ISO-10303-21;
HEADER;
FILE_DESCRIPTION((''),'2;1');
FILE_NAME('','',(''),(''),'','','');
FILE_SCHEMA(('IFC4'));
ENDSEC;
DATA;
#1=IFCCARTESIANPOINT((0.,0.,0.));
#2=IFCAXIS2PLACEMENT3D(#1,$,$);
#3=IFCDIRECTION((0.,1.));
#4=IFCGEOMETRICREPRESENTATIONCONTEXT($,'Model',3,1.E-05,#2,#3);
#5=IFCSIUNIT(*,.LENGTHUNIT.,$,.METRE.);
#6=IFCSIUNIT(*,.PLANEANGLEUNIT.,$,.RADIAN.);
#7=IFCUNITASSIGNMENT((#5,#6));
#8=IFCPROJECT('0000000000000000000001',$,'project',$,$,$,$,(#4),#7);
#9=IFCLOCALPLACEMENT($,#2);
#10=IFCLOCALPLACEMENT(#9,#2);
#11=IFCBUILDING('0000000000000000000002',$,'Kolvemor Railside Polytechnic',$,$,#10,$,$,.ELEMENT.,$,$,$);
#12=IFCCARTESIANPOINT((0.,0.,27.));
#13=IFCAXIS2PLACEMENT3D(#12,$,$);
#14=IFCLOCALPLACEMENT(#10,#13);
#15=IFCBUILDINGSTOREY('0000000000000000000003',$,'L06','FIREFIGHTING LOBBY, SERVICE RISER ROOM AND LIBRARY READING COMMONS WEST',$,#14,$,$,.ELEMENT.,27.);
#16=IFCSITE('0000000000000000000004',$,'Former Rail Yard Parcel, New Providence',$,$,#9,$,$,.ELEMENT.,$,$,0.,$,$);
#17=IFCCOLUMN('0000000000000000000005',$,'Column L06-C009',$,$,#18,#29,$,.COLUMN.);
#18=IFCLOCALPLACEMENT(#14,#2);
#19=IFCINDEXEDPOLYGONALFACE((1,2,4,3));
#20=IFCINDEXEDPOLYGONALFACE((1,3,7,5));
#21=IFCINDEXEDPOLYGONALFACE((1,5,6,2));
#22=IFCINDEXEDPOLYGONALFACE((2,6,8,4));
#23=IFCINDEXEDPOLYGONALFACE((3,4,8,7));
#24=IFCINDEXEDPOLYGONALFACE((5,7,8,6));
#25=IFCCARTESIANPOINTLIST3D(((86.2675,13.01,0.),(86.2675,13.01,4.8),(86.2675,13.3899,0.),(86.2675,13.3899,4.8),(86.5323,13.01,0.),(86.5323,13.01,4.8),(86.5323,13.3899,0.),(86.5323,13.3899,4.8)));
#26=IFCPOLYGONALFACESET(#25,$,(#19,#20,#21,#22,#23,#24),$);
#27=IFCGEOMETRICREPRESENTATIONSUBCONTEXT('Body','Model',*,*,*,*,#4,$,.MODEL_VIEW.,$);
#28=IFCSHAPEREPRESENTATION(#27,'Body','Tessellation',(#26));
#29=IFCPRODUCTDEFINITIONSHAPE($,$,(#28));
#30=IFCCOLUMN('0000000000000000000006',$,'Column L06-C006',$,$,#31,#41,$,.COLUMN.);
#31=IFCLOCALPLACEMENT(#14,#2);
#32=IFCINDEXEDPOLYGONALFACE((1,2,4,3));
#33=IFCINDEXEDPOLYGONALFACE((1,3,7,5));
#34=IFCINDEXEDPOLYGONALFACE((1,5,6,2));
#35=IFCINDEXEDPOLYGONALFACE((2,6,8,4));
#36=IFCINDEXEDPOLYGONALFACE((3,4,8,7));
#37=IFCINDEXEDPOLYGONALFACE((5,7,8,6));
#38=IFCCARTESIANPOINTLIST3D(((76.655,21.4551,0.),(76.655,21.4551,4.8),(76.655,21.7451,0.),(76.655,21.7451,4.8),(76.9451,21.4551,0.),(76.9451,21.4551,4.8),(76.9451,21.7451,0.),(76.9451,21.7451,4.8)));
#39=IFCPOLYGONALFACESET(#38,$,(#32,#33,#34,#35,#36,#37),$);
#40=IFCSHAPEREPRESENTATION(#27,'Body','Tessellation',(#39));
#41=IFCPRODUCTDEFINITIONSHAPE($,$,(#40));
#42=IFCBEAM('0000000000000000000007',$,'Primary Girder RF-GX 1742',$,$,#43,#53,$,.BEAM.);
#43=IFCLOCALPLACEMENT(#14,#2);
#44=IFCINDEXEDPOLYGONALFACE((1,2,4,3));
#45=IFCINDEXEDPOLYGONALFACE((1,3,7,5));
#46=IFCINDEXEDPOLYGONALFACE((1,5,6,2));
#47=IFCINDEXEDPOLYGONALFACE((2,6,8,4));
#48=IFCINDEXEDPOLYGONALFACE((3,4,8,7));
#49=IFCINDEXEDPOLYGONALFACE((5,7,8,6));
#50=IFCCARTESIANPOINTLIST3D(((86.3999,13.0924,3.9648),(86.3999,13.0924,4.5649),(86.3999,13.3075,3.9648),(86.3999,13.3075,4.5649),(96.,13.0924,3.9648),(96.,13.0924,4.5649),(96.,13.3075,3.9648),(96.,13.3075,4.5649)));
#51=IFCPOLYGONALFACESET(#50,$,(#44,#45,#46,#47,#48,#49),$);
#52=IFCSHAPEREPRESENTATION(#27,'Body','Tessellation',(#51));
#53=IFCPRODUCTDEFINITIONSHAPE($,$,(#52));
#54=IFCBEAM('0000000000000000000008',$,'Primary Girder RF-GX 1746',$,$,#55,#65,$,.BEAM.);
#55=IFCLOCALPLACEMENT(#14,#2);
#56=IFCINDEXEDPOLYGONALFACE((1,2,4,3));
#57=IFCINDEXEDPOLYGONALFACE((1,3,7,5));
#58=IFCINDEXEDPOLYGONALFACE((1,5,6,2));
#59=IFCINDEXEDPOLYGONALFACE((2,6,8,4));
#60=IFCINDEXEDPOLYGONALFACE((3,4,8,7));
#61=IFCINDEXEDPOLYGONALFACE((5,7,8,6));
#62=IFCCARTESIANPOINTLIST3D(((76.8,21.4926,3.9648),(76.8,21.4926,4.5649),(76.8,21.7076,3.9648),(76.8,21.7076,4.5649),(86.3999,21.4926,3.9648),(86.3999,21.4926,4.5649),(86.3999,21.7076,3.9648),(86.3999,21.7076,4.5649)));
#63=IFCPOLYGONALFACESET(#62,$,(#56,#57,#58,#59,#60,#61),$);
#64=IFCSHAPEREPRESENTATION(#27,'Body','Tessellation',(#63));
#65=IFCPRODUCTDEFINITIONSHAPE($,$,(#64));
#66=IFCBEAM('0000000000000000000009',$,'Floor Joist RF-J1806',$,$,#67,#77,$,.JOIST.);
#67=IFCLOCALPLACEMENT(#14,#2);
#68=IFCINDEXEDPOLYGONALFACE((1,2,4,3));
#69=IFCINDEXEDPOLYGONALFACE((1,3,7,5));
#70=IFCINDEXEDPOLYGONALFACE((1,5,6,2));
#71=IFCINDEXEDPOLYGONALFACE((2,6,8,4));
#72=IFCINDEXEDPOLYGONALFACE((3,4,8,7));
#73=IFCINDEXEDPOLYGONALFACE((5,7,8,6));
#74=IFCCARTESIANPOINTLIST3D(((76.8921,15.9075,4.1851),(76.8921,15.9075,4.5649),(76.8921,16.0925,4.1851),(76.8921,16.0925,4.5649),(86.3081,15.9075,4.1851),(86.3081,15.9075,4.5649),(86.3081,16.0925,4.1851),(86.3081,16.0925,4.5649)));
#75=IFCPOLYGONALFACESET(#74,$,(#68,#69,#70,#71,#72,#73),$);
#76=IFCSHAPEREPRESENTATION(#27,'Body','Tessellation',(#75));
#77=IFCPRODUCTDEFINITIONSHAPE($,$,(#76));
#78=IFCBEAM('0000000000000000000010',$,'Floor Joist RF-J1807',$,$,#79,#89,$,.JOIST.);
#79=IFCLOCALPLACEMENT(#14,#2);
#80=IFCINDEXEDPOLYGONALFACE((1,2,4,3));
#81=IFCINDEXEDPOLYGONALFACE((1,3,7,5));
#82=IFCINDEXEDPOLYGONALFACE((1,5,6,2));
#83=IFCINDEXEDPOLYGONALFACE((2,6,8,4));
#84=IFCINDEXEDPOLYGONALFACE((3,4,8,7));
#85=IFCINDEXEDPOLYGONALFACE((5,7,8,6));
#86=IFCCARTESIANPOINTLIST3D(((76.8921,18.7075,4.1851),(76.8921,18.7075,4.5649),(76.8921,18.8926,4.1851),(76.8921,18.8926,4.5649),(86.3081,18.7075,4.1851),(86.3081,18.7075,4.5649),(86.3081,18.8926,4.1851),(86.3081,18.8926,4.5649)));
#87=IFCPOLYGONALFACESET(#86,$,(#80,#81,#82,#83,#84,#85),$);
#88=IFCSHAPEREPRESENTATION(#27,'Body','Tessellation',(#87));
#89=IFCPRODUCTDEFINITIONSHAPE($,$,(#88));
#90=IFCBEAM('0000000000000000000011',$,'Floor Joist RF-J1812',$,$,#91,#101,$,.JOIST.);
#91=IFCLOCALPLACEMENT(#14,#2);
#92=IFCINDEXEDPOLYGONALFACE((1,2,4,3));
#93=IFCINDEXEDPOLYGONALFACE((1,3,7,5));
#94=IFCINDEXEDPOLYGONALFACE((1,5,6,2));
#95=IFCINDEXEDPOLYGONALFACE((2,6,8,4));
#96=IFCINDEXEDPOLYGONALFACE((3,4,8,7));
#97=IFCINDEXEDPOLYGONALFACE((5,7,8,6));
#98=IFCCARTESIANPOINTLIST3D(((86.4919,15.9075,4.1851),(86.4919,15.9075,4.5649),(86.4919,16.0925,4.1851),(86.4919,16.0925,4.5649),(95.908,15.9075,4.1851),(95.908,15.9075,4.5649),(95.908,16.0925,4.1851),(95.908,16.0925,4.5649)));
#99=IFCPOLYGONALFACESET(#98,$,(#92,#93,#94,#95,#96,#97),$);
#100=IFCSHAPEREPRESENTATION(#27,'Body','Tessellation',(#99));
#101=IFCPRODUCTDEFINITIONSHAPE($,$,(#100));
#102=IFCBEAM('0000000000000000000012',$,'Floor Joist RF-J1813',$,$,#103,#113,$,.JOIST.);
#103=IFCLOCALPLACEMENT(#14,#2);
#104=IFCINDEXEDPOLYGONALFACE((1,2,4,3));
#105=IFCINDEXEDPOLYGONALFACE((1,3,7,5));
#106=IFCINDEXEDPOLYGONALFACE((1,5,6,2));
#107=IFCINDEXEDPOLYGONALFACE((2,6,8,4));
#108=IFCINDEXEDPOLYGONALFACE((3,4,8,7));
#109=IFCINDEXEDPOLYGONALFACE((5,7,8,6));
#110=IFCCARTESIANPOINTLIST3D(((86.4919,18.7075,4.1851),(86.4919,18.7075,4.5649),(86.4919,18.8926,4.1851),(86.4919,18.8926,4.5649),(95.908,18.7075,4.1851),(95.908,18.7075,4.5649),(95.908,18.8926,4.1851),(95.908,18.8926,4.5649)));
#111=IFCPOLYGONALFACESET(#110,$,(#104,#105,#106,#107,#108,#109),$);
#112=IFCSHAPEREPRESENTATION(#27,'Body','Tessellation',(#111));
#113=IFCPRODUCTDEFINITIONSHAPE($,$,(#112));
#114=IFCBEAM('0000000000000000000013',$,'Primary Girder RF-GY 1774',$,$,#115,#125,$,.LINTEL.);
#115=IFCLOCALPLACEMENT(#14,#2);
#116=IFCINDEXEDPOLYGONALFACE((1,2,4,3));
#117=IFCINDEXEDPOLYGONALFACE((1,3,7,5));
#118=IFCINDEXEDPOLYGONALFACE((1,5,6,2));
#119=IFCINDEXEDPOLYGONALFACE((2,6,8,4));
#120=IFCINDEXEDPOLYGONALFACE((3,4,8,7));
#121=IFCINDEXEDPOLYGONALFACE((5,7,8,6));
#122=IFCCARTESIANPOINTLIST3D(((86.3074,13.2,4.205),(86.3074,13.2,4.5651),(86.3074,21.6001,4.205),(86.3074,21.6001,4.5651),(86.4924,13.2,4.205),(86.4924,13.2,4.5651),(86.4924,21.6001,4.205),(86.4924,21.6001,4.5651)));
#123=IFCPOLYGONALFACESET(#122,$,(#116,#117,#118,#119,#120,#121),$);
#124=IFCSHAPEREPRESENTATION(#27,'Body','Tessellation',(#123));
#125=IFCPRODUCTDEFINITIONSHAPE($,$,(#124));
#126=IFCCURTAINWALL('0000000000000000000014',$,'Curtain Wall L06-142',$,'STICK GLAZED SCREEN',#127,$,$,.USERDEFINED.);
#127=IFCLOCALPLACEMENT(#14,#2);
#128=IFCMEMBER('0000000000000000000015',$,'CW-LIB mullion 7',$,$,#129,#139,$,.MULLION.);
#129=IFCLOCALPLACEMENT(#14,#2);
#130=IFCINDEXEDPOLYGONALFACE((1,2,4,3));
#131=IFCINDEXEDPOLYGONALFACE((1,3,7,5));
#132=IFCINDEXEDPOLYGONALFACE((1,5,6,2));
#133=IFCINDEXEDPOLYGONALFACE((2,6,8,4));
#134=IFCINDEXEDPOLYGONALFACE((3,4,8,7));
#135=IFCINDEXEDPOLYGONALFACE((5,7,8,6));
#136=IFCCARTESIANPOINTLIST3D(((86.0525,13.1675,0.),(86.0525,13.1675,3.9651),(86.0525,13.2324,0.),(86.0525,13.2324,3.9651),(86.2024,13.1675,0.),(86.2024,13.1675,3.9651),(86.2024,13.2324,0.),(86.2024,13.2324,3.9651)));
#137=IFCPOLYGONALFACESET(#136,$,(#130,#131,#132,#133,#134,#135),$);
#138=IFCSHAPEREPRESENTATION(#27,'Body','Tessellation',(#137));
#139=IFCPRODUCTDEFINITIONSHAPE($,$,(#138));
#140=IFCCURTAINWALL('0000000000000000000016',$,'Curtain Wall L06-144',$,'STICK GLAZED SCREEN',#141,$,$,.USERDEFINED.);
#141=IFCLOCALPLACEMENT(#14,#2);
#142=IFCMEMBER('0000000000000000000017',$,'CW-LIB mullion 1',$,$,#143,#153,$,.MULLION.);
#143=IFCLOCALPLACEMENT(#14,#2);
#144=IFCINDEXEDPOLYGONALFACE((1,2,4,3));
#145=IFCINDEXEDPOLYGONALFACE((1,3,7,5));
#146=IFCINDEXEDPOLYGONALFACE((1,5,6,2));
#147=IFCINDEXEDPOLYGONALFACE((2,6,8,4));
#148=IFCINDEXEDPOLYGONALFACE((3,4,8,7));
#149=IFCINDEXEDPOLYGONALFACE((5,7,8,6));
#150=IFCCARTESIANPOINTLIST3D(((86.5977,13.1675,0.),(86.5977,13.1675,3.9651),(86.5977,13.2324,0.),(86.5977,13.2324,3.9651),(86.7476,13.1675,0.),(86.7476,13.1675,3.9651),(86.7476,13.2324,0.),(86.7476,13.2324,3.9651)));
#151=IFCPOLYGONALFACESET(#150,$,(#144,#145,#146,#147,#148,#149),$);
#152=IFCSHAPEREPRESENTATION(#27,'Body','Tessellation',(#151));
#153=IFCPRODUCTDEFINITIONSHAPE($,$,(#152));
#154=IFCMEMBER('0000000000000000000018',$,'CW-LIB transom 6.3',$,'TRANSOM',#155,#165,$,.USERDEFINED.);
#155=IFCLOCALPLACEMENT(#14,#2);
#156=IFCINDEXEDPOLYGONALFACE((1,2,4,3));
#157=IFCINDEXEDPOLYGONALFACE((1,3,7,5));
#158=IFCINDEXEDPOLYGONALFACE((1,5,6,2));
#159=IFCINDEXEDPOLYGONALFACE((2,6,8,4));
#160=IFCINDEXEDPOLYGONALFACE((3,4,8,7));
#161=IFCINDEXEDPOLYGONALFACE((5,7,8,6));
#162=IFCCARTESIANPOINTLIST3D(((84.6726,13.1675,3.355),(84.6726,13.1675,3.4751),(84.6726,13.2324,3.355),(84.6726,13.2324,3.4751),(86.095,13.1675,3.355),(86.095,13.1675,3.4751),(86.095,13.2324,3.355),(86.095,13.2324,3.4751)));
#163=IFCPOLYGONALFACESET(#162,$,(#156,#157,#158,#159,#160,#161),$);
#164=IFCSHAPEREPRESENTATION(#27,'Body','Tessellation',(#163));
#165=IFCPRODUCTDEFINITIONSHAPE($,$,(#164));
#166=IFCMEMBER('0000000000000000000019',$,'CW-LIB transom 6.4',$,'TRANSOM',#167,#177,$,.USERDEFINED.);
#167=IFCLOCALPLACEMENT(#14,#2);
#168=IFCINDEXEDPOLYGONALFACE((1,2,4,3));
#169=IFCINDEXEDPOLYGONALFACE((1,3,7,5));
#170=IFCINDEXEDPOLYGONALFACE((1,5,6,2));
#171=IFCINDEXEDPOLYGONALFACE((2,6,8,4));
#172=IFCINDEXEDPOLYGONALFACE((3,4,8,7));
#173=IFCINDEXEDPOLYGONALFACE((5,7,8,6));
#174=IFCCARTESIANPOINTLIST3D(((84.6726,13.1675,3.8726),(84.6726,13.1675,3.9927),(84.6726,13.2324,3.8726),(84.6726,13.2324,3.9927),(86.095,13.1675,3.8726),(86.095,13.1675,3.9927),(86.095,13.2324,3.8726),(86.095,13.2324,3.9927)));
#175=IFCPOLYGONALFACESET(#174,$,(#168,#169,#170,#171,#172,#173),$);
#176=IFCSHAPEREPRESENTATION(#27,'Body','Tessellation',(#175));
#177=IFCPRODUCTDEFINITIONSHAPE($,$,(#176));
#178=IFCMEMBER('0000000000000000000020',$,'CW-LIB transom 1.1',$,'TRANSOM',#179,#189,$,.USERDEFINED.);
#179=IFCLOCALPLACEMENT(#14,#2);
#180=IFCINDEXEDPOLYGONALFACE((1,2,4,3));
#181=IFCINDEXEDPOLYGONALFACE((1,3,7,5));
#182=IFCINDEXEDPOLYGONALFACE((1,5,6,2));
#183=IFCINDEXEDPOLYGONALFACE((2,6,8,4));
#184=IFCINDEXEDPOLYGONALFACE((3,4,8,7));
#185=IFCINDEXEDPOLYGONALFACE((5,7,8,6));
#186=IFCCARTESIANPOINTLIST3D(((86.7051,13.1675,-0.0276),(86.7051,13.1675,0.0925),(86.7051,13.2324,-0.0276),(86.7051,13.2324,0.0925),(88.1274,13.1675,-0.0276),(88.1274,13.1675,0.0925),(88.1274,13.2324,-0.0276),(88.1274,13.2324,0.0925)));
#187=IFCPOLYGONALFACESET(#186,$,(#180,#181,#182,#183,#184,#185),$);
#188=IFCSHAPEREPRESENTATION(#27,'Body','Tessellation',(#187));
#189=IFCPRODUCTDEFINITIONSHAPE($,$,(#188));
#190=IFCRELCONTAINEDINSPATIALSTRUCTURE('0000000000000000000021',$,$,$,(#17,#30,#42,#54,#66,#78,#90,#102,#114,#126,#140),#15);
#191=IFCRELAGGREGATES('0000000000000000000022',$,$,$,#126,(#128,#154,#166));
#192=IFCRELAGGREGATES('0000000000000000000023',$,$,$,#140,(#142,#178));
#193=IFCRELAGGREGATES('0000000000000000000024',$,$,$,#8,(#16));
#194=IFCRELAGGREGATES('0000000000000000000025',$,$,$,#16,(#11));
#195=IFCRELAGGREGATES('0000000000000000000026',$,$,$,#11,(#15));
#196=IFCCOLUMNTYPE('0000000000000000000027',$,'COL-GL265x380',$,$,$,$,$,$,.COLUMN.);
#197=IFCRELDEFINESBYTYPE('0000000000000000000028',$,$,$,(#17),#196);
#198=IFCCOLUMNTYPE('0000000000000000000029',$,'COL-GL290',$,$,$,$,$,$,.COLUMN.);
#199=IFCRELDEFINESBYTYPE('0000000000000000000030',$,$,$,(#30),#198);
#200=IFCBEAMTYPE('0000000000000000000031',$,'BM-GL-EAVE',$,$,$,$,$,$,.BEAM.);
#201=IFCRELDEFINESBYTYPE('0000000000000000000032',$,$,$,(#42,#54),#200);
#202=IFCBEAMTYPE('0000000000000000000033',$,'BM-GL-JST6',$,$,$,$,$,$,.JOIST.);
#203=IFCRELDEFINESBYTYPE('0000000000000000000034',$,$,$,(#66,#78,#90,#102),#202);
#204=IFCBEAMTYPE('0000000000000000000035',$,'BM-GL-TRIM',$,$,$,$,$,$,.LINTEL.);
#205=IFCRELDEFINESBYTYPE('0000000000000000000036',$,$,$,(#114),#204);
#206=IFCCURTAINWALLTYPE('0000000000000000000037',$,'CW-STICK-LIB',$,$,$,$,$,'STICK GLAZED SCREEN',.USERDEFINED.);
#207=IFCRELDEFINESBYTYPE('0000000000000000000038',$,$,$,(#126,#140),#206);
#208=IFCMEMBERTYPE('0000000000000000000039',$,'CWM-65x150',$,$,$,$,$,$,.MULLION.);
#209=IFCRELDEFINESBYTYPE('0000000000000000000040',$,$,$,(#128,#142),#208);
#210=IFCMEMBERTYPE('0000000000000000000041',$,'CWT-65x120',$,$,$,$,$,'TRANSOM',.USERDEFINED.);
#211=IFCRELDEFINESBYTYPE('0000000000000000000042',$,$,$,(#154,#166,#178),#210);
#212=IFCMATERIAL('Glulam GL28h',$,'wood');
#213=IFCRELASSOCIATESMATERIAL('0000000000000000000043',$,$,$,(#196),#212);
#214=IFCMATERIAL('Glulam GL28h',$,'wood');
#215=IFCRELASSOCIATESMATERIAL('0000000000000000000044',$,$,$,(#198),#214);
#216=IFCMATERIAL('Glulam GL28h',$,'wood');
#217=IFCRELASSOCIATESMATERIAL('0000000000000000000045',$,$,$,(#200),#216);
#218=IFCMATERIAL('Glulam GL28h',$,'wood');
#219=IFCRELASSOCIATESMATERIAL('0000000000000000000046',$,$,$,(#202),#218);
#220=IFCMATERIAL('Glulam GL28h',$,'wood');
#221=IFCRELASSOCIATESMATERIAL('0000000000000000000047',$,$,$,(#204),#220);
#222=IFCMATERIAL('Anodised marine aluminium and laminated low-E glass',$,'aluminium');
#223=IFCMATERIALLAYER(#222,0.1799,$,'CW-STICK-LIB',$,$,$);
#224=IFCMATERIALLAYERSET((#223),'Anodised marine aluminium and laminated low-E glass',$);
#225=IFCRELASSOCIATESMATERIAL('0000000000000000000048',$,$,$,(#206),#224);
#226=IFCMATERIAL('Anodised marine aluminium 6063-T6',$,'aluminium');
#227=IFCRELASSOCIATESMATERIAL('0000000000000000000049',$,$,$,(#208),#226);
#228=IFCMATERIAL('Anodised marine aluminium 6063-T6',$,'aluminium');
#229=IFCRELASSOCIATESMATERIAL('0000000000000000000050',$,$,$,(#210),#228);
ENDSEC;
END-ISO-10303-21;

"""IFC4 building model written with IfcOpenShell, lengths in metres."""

from ifc_helpers import new_model, si_unit, direction, frame, origin, origin_2d, place, context, subcontext, project, spatial, rectangle, extrude, material, layer, layer_set, material_profile, profile_set, type_object, element, aggregate, save


model = new_model("IFC4")

# Units and contexts
model_context = context("Model", 3, precision=1e-05, world=origin(), true_north=direction((0.0, 1.0)))
body_context = subcontext(model_context, "Body", "Model", "MODEL_VIEW")
ifc_project = project(units=[si_unit("LENGTHUNIT", "METRE"), si_unit("PLANEANGLEUNIT", "RADIAN")], contexts=[model_context])

# Site, building, storey
site_placement = place(None, origin())
site = spatial("IfcSite", under=ifc_project, at=site_placement, Name="Former Rail Yard Parcel, New Providence", CompositionType="ELEMENT", RefElevation=0.0)
building_placement = place(site_placement, origin())
building = spatial("IfcBuilding", under=site, at=building_placement, Name="Kolvemor Railside Polytechnic", CompositionType="ELEMENT")
storey_placement = place(building_placement, frame((0.0, 0.0, 27.0)))
storey = spatial("IfcBuildingStorey", under=building, at=storey_placement, Name="L06", Description="FIREFIGHTING LOBBY, SERVICE RISER ROOM AND LIBRARY READING COMMONS WEST", CompositionType="ELEMENT", Elevation=27.0)

# Columns
ifc_material_1 = material(Name="Glulam GL28h", Category="wood")
ifc_material_profile_1 = material_profile(ifc_material_1, rectangle(XDim=0.2649, YDim=0.3799, at=origin_2d()), Name="GL265x380")
ifc_profile_set_1 = profile_set([ifc_material_profile_1], Name="Glulam GL28h")
column_type_1 = type_object("IfcColumnType", Name="COL-GL265x380", PredefinedType="COLUMN", material=ifc_profile_set_1)
column_1_placement = place(storey_placement, frame((86.3999, 13.2, 0.0), z_axis=(0.0, 0.0, 1.0), x_axis=(1.0, 0.0, 0.0)))
element("IfcColumn", 1, at=column_1_placement, inside=storey, type_object=column_type_1, Name="Column L06-C009", PredefinedType="COLUMN", context=body_context, shape_type="SweptSolid", body=[
    extrude(rectangle(XDim=0.2649, YDim=0.3799, at=origin_2d()), origin(), (0.0, 0.0, 1.0), 4.8),
])
ifc_material_2 = material(Name="Glulam GL28h", Category="wood")
ifc_material_profile_2 = material_profile(ifc_material_2, rectangle(XDim=0.29, YDim=0.29, at=origin_2d()), Name="GL290x290")
ifc_profile_set_2 = profile_set([ifc_material_profile_2], Name="Glulam GL28h")
column_type_2 = type_object("IfcColumnType", Name="COL-GL290", PredefinedType="COLUMN", material=ifc_profile_set_2)
column_2_placement = place(storey_placement, frame((76.8, 21.6001, 0.0), z_axis=(0.0, 0.0, 1.0), x_axis=(1.0, 0.0, 0.0)))
element("IfcColumn", 2, at=column_2_placement, inside=storey, type_object=column_type_2, Name="Column L06-C006", PredefinedType="COLUMN", context=body_context, shape_type="SweptSolid", body=[
    extrude(rectangle(XDim=0.29, YDim=0.29, at=origin_2d()), origin(), (0.0, 0.0, 1.0), 4.8),
])

# Beams
ifc_material_3 = material(Name="Glulam GL28h", Category="wood")
ifc_material_profile_3 = material_profile(ifc_material_3, rectangle(XDim=0.2151, YDim=0.6001, at=origin_2d()), Name="GL215x600")
ifc_profile_set_3 = profile_set([ifc_material_profile_3], Name="Glulam GL28h")
beam_type_1 = type_object("IfcBeamType", Name="BM-GL-EAVE", PredefinedType="BEAM", material=ifc_profile_set_3)
beam_1_placement = place(storey_placement, frame((86.3999, 13.2, 4.2649), z_axis=(1.0, 0.0, 0.0), x_axis=(0.0, 1.0, 0.0)))
element("IfcBeam", 3, at=beam_1_placement, inside=storey, type_object=beam_type_1, Name="Primary Girder RF-GX 1742", PredefinedType="BEAM", context=body_context, shape_type="SweptSolid", body=[
    extrude(rectangle(XDim=0.2151, YDim=0.6001, at=origin_2d()), origin(), (0.0, 0.0, 1.0), 9.6001),
])
beam_2_placement = place(storey_placement, frame((76.8, 21.6001, 4.2649), z_axis=(1.0, 0.0, 0.0), x_axis=(0.0, 1.0, 0.0)))
element("IfcBeam", 4, at=beam_2_placement, inside=storey, type_object=beam_type_1, Name="Primary Girder RF-GX 1746", PredefinedType="BEAM", context=body_context, shape_type="SweptSolid", body=[
    extrude(rectangle(XDim=0.2151, YDim=0.6001, at=origin_2d()), origin(), (0.0, 0.0, 1.0), 9.5999),
])
ifc_material_4 = material(Name="Glulam GL28h", Category="wood")
ifc_material_profile_4 = material_profile(ifc_material_4, rectangle(XDim=0.1851, YDim=0.3799, at=origin_2d()), Name="GL185x380")
ifc_profile_set_4 = profile_set([ifc_material_profile_4], Name="Glulam GL28h")
beam_type_2 = type_object("IfcBeamType", Name="BM-GL-JST6", PredefinedType="JOIST", material=ifc_profile_set_4)
for number, where, z_axis, x_axis, name in (
    (5, (76.8921, 16.0, 4.375), (1.0, 0.0, 0.0), (0.0, 1.0, 0.0), "Floor Joist RF-J1806"),
    (6, (76.8921, 18.8, 4.375), (1.0, 0.0, 0.0), (0.0, 1.0, 0.0), "Floor Joist RF-J1807"),
    (7, (86.4919, 16.0, 4.375), (1.0, 0.0, 0.0), (0.0, 1.0, 0.0), "Floor Joist RF-J1812"),
    (8, (86.4919, 18.8, 4.375), (1.0, 0.0, 0.0), (0.0, 1.0, 0.0), "Floor Joist RF-J1813"),
):
    element("IfcBeam", number, at=place(storey_placement, frame(where, z_axis=z_axis, x_axis=x_axis)), inside=storey, type_object=beam_type_2, Name=name, PredefinedType="JOIST", context=body_context, shape_type="SweptSolid", body=[
        extrude(rectangle(XDim=0.1851, YDim=0.3799, at=origin_2d()), origin(), (0.0, 0.0, 1.0), 9.416),
    ])
ifc_material_5 = material(Name="Glulam GL28h", Category="wood")
ifc_material_profile_5 = material_profile(ifc_material_5, rectangle(XDim=0.1851, YDim=0.3601, at=origin_2d()), Name="GL185x360")
ifc_profile_set_5 = profile_set([ifc_material_profile_5], Name="Glulam GL28h")
beam_type_3 = type_object("IfcBeamType", Name="BM-GL-TRIM", PredefinedType="LINTEL", material=ifc_profile_set_5)
beam_3_placement = place(storey_placement, frame((86.3999, 13.2, 4.385), z_axis=(0.0, 1.0, 0.0), x_axis=(-1.0, 0.0, 0.0)))
element("IfcBeam", 9, at=beam_3_placement, inside=storey, type_object=beam_type_3, Name="Primary Girder RF-GY 1774", PredefinedType="LINTEL", context=body_context, shape_type="SweptSolid", body=[
    extrude(rectangle(XDim=0.1851, YDim=0.3601, at=origin_2d()), origin(), (0.0, 0.0, 1.0), 8.4001),
])

# Curtain walls, members
ifc_material_6 = material(Name="Anodised marine aluminium and laminated low-E glass", Category="aluminium")
ifc_layer_1 = layer(ifc_material_6, 0.1799, Name="CW-STICK-LIB")
ifc_layer_set_1 = layer_set([ifc_layer_1], Name="Anodised marine aluminium and laminated low-E glass")
curtain_wall_type = type_object("IfcCurtainWallType", Name="CW-STICK-LIB", ElementType="STICK GLAZED SCREEN", PredefinedType="USERDEFINED", material=ifc_layer_set_1)
curtain_wall_1_placement = place(storey_placement, origin())
curtain_wall_1 = element("IfcCurtainWall", 10, at=curtain_wall_1_placement, inside=storey, type_object=curtain_wall_type, Name="Curtain Wall L06-142", ObjectType="STICK GLAZED SCREEN", PredefinedType="USERDEFINED")
ifc_material_7 = material(Name="Anodised marine aluminium 6063-T6", Category="aluminium")
ifc_material_profile_6 = material_profile(ifc_material_7, rectangle(XDim=0.0649, YDim=0.1499, at=origin_2d()), Name="CW-MUL-65x150")
ifc_profile_set_6 = profile_set([ifc_material_profile_6], Name="Anodised marine aluminium 6063-T6")
member_type_1 = type_object("IfcMemberType", Name="CWM-65x150", PredefinedType="MULLION", material=ifc_profile_set_6)
member_1_placement = place(storey_placement, frame((86.1274, 13.2, 0.0), z_axis=(0.0, 0.0, 1.0), x_axis=(0.0, 1.0, 0.0)))
member_1 = element("IfcMember", 11, at=member_1_placement, type_object=member_type_1, Name="CW-LIB mullion 7", PredefinedType="MULLION", context=body_context, shape_type="SweptSolid", body=[
    extrude(rectangle(XDim=0.0649, YDim=0.1499, at=origin_2d()), origin(), (0.0, 0.0, 1.0), 3.9651),
])
curtain_wall_2_placement = place(storey_placement, origin())
curtain_wall_2 = element("IfcCurtainWall", 12, at=curtain_wall_2_placement, inside=storey, type_object=curtain_wall_type, Name="Curtain Wall L06-144", ObjectType="STICK GLAZED SCREEN", PredefinedType="USERDEFINED")
member_2_placement = place(storey_placement, frame((86.6726, 13.2, 0.0), z_axis=(0.0, 0.0, 1.0), x_axis=(0.0, 1.0, 0.0)))
member_2 = element("IfcMember", 13, at=member_2_placement, type_object=member_type_1, Name="CW-LIB mullion 1", PredefinedType="MULLION", context=body_context, shape_type="SweptSolid", body=[
    extrude(rectangle(XDim=0.0649, YDim=0.1499, at=origin_2d()), origin(), (0.0, 0.0, 1.0), 3.9651),
])

# Members
ifc_material_8 = material(Name="Anodised marine aluminium 6063-T6", Category="aluminium")
ifc_material_profile_7 = material_profile(ifc_material_8, rectangle(XDim=0.0649, YDim=0.1201, at=origin_2d()), Name="CW-TRN-65x120")
ifc_profile_set_7 = profile_set([ifc_material_profile_7], Name="Anodised marine aluminium 6063-T6")
member_type_2 = type_object("IfcMemberType", Name="CWT-65x120", ElementType="TRANSOM", PredefinedType="USERDEFINED", material=ifc_profile_set_7)
member_3_placement = place(storey_placement, frame((84.6726, 13.2, 3.415), z_axis=(1.0, 0.0, 0.0), x_axis=(0.0, 1.0, 0.0)))
member_3 = element("IfcMember", 14, at=member_3_placement, type_object=member_type_2, Name="CW-LIB transom 6.3", ObjectType="TRANSOM", PredefinedType="USERDEFINED", context=body_context, shape_type="SweptSolid", body=[
    extrude(rectangle(XDim=0.0649, YDim=0.1201, at=origin_2d()), origin(), (0.0, 0.0, 1.0), 1.4224),
])
member_4_placement = place(storey_placement, frame((84.6726, 13.2, 3.9326), z_axis=(1.0, 0.0, 0.0), x_axis=(0.0, 1.0, 0.0)))
member_4 = element("IfcMember", 15, at=member_4_placement, type_object=member_type_2, Name="CW-LIB transom 6.4", ObjectType="TRANSOM", PredefinedType="USERDEFINED", context=body_context, shape_type="SweptSolid", body=[
    extrude(rectangle(XDim=0.0649, YDim=0.1201, at=origin_2d()), origin(), (0.0, 0.0, 1.0), 1.4224),
])
member_5_placement = place(storey_placement, frame((86.7051, 13.2, 0.0325), z_axis=(1.0, 0.0, 0.0), x_axis=(0.0, 1.0, 0.0)))
member_5 = element("IfcMember", 16, at=member_5_placement, type_object=member_type_2, Name="CW-LIB transom 1.1", ObjectType="TRANSOM", PredefinedType="USERDEFINED", context=body_context, shape_type="SweptSolid", body=[
    extrude(rectangle(XDim=0.0649, YDim=0.1201, at=origin_2d()), origin(), (0.0, 0.0, 1.0), 1.4224),
])

aggregate(curtain_wall_1, [member_1, member_3, member_4])
aggregate(curtain_wall_2, [member_2, member_5])

save(model, "model.ifc")
